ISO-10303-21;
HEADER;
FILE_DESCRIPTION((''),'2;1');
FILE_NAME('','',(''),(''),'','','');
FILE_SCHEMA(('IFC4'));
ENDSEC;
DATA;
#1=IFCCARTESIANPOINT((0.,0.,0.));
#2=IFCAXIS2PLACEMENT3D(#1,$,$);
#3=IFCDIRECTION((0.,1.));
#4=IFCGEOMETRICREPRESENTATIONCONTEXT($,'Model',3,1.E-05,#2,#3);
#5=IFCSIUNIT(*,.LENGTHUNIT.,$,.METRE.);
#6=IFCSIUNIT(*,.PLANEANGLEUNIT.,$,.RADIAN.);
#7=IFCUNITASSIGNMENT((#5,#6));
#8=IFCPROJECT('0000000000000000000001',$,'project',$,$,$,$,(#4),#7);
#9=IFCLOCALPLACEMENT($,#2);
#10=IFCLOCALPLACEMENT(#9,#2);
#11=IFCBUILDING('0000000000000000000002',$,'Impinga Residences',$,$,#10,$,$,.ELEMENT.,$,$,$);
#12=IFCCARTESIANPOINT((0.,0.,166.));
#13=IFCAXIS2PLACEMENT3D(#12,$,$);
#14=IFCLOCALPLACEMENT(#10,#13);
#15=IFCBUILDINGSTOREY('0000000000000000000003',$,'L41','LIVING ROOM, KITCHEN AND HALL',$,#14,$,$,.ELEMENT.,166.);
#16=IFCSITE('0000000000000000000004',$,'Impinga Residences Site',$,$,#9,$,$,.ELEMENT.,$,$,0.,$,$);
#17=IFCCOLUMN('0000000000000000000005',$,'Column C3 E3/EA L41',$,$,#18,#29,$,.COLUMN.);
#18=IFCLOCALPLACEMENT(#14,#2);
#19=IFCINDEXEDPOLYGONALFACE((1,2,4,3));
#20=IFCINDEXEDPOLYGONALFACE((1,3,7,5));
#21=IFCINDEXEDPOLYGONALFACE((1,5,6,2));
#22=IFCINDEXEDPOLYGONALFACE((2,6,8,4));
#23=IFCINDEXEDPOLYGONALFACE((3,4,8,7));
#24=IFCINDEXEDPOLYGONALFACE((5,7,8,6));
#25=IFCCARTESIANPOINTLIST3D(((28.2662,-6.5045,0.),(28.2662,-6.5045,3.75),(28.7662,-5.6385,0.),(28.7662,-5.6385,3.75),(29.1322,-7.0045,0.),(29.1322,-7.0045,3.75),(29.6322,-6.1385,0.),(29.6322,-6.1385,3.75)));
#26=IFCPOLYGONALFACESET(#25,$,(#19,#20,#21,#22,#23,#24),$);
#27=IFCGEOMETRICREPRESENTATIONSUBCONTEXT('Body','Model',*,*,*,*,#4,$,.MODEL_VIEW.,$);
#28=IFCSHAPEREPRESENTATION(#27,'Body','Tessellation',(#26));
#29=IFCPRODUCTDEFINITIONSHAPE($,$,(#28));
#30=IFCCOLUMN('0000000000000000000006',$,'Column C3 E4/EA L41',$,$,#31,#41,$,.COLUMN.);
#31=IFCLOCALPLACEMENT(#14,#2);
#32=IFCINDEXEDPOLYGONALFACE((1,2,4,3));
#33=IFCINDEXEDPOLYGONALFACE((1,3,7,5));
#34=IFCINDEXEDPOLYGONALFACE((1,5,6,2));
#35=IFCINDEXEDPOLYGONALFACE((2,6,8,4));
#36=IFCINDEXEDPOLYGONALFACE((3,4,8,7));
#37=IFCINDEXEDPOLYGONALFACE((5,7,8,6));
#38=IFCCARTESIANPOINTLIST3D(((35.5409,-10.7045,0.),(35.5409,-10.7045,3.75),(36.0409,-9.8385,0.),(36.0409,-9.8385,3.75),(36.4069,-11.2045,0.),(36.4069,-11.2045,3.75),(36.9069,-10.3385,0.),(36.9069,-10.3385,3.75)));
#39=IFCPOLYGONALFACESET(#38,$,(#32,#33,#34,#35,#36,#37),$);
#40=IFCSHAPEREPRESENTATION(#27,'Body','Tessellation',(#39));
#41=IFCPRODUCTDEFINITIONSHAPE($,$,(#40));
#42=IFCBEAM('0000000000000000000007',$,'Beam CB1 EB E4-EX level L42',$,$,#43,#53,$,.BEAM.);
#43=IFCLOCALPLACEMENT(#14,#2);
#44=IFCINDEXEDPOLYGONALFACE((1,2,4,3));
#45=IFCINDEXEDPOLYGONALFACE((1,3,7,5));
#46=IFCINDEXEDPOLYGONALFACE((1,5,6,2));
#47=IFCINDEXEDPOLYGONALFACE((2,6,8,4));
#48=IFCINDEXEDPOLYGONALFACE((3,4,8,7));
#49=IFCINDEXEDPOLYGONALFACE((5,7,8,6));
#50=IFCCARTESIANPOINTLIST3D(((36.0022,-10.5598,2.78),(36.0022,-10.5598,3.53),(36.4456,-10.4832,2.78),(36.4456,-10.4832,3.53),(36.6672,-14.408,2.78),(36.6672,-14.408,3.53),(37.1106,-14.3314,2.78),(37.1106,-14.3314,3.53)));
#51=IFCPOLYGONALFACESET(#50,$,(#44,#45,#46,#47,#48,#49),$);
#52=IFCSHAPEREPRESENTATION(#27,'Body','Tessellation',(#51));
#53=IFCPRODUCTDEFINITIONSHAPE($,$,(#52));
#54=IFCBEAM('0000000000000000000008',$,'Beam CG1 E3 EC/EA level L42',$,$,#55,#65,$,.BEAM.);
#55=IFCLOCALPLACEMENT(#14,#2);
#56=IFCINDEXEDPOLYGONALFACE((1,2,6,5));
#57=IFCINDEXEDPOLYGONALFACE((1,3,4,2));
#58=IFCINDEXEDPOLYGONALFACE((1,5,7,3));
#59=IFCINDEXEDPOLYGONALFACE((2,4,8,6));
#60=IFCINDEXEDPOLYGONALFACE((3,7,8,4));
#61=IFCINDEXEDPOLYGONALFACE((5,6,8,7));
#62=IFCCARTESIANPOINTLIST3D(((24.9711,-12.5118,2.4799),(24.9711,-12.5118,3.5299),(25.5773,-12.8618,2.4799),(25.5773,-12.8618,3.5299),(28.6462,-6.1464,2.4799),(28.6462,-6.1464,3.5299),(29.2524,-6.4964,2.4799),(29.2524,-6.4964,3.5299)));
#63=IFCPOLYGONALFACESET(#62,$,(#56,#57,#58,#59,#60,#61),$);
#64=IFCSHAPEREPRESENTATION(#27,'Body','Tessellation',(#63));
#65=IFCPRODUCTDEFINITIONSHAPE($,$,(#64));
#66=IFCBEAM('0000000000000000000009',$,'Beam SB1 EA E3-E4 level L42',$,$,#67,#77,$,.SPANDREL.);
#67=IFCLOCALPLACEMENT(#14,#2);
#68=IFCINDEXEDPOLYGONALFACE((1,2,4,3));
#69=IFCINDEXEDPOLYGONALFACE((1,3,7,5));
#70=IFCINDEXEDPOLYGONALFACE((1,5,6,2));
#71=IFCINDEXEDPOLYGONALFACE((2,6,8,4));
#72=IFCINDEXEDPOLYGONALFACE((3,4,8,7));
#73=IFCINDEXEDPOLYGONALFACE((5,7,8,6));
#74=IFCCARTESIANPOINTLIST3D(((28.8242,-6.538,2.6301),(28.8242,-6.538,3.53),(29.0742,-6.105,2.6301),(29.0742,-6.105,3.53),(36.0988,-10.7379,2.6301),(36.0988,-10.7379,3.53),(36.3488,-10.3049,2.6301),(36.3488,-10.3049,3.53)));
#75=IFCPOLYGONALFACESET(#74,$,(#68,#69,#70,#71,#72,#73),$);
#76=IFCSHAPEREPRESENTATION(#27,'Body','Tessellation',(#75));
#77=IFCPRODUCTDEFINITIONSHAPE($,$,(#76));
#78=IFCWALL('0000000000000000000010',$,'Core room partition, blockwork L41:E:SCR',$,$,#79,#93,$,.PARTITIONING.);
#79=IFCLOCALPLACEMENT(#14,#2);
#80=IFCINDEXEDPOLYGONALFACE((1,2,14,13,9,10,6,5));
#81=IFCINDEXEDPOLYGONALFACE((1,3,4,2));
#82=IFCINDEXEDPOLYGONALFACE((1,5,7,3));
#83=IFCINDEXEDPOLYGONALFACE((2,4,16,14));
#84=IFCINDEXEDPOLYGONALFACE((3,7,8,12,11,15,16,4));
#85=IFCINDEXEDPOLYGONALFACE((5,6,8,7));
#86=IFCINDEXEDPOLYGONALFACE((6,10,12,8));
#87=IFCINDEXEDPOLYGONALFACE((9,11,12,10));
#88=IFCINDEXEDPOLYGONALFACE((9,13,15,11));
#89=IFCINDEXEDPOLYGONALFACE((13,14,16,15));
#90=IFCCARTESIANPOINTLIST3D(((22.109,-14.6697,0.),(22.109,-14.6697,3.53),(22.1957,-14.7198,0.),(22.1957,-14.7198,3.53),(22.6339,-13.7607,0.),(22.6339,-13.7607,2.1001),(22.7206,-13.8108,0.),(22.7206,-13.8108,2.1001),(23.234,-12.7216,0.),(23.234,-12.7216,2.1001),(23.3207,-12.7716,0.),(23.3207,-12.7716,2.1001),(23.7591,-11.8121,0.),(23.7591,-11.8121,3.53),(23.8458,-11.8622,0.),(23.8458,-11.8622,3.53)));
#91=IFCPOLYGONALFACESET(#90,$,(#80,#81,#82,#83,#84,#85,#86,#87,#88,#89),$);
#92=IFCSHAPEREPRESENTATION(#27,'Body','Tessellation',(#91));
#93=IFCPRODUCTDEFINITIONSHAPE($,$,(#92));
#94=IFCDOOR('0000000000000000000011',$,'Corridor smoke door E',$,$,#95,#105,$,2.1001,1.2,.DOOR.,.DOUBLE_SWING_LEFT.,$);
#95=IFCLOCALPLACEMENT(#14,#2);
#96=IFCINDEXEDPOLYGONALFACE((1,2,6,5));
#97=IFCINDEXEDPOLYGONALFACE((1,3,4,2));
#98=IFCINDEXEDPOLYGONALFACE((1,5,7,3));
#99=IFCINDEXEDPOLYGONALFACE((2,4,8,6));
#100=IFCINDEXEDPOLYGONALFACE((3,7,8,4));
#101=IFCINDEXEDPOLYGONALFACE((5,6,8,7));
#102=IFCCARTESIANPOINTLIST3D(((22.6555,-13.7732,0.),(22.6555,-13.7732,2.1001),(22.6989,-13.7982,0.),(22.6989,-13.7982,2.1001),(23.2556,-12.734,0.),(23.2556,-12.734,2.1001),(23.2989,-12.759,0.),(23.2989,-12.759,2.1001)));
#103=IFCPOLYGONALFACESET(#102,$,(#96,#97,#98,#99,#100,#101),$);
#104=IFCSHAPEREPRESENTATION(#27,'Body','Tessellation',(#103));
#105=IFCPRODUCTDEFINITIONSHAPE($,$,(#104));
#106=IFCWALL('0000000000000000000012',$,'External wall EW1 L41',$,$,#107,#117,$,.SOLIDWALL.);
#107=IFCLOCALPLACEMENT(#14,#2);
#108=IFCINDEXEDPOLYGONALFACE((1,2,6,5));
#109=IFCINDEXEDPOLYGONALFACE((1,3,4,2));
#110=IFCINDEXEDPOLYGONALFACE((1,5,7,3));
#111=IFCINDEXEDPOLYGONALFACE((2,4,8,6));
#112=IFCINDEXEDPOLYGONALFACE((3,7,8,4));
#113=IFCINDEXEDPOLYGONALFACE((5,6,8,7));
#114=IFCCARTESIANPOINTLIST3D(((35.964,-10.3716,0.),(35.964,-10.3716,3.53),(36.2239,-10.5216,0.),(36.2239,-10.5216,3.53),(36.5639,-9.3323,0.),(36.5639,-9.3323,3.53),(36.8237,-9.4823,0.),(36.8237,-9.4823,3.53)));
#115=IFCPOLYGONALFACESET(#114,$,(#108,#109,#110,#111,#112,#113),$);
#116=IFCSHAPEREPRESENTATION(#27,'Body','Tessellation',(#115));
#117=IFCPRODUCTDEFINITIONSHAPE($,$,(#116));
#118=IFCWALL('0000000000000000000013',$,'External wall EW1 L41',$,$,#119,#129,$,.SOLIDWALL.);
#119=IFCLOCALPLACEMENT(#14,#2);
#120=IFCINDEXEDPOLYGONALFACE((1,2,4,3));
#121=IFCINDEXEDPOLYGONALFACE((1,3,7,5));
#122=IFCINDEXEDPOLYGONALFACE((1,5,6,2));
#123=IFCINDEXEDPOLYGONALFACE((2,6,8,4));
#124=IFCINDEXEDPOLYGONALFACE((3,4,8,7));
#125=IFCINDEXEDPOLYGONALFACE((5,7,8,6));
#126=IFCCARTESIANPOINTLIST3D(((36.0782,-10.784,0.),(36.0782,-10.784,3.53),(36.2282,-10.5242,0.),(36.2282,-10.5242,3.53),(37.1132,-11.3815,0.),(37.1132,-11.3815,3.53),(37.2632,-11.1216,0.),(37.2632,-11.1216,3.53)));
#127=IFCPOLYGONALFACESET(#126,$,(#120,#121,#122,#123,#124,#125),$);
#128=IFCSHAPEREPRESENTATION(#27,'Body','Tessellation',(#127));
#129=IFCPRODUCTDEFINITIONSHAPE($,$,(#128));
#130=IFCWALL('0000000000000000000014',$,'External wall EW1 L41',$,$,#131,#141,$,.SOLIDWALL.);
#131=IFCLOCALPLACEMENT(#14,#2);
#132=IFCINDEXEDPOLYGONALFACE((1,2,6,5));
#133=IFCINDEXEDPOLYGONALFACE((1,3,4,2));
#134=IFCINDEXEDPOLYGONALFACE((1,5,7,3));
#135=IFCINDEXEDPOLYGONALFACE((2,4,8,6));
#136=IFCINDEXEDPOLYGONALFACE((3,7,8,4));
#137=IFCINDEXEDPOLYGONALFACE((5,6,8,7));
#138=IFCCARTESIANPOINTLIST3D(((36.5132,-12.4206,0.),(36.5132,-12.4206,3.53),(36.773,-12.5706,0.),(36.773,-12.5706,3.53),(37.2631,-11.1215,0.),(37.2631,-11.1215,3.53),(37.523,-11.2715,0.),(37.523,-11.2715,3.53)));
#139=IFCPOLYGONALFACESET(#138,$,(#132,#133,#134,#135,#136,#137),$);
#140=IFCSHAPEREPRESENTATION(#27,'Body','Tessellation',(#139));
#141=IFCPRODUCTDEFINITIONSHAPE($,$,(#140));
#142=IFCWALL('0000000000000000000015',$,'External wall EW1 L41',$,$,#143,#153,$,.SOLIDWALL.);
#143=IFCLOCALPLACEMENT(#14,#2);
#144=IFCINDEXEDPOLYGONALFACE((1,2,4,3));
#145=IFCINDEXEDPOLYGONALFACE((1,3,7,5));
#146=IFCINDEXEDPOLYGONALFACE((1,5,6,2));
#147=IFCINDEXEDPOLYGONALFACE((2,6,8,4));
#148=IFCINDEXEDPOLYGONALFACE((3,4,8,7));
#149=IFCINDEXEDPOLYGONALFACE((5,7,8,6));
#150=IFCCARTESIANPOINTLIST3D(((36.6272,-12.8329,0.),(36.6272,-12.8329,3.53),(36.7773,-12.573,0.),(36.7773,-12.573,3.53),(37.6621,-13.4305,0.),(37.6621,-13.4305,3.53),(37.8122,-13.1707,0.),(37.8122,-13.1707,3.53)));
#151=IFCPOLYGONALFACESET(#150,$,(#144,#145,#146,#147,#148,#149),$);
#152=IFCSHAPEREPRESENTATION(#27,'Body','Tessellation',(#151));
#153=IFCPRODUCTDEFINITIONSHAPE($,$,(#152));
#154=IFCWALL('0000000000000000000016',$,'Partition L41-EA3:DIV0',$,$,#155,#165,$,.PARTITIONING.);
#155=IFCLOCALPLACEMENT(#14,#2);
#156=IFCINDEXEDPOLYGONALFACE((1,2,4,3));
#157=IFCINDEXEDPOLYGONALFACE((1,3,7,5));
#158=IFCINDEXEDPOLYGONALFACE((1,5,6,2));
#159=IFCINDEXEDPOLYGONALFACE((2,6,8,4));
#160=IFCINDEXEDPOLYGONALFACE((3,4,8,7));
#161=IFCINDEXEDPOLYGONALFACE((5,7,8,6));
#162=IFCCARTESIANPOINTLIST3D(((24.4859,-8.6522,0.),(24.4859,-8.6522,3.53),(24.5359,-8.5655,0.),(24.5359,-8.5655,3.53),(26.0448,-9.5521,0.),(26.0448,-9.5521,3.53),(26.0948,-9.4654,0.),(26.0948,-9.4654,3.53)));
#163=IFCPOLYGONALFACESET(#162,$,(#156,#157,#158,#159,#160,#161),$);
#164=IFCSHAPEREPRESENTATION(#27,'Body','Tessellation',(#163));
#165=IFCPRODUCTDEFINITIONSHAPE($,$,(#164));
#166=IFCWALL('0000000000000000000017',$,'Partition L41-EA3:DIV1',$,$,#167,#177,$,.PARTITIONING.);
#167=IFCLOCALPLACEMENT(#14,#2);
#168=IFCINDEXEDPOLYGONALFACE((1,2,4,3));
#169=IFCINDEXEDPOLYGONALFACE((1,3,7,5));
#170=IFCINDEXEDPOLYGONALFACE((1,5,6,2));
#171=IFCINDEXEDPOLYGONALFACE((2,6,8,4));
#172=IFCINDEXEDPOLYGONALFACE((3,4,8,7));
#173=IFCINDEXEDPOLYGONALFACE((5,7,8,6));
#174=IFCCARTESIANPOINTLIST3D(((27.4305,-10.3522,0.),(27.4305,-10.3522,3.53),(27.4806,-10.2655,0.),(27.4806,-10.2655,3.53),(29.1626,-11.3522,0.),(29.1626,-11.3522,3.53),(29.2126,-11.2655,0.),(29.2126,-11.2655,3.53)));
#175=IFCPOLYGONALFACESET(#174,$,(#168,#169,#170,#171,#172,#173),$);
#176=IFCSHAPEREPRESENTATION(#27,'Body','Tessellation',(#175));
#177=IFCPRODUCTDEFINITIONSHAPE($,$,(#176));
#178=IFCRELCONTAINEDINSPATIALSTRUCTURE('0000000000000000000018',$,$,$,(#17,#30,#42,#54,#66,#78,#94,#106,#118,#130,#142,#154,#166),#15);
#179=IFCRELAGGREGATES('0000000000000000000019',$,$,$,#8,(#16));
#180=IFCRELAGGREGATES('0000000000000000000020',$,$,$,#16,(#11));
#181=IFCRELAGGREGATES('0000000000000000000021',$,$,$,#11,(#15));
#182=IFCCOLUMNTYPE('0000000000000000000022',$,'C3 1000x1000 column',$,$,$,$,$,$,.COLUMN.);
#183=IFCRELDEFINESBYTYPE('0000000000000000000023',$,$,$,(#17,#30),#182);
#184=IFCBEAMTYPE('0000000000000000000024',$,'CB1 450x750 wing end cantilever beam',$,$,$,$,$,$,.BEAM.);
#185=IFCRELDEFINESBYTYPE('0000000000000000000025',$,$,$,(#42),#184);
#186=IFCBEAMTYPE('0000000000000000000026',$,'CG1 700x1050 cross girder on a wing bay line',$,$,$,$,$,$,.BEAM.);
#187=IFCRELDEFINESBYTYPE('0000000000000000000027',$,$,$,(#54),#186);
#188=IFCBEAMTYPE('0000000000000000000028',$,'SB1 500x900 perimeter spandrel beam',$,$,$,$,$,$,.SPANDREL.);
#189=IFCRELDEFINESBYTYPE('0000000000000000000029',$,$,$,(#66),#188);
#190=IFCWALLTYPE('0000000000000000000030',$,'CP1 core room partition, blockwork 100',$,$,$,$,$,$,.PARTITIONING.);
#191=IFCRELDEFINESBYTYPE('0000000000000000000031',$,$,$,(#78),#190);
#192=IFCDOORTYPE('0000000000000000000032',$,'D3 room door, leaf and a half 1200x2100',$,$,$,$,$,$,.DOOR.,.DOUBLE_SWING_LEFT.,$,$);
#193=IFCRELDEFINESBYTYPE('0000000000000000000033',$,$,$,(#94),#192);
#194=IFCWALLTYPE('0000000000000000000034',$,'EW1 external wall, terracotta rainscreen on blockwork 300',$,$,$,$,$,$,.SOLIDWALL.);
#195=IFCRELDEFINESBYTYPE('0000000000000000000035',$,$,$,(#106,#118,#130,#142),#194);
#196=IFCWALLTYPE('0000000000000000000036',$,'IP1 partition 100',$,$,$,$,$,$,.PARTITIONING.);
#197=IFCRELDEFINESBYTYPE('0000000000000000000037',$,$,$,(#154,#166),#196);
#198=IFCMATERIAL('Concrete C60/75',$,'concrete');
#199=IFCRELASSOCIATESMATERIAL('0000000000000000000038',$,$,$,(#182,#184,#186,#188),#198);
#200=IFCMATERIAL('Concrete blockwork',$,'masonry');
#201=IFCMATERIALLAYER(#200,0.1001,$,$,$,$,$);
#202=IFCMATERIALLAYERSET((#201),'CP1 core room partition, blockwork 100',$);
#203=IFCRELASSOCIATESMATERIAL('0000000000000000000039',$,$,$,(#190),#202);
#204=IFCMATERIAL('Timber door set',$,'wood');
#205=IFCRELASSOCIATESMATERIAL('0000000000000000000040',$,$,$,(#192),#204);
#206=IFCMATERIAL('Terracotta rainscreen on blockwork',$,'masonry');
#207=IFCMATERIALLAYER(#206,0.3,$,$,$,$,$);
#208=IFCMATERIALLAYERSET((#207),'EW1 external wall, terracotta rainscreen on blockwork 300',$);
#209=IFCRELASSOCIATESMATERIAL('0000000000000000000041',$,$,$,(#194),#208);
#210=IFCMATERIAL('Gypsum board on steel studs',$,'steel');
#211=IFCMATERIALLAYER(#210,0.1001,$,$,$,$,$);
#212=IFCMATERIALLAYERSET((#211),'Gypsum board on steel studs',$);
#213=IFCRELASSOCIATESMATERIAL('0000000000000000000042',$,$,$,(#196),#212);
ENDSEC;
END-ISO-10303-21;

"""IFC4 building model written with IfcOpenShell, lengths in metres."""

from ifc_helpers import new_model, si_unit, direction, frame, frame_2d, origin, origin_2d, place, context, subcontext, project, spatial, rectangle, extrude, material, layer, layer_set, material_profile, profile_set, type_object, element, fill, save


model = new_model("IFC4")

# Units and contexts
model_context = context("Model", 3, precision=1e-05, world=origin(), true_north=direction((0.0, 1.0)))
body_context = subcontext(model_context, "Body", "Model", "MODEL_VIEW")
ifc_project = project(units=[si_unit("LENGTHUNIT", "METRE"), si_unit("PLANEANGLEUNIT", "RADIAN")], contexts=[model_context])

# Site, building, storey
site_placement = place(None, origin())
site = spatial("IfcSite", under=ifc_project, at=site_placement, Name="Impinga Residences Site", CompositionType="ELEMENT", RefElevation=0.0)
building_placement = place(site_placement, origin())
building = spatial("IfcBuilding", under=site, at=building_placement, Name="Impinga Residences", CompositionType="ELEMENT")
storey_placement = place(building_placement, frame((0.0, 0.0, 166.0)))
storey = spatial("IfcBuildingStorey", under=building, at=storey_placement, Name="L41", Description="LIVING ROOM, KITCHEN AND HALL", CompositionType="ELEMENT", Elevation=166.0)

# Columns
ifc_material_1 = material(Name="Concrete C60/75", Category="concrete")
ifc_material_profile_1 = material_profile(ifc_material_1, rectangle(XDim=1.0, YDim=1.0, at=origin_2d()), Name="RC 1000x1000")
ifc_profile_set_1 = profile_set([ifc_material_profile_1], Name="Concrete C60/75")
column_type = type_object("IfcColumnType", Name="C3 1000x1000 column", PredefinedType="COLUMN", material=ifc_profile_set_1)
for number, where, z_axis, x_axis, name in (
    (1, (28.9492, -6.3215, 0.0), (0.0, 0.0, 1.0), (-0.5, -0.866025, 0.0), "Column C3 E3/EA L41"),
    (2, (36.2239, -10.5215, 0.0), (0.0, 0.0, 1.0), (-0.5, -0.866025, 0.0), "Column C3 E4/EA L41"),
):
    element("IfcColumn", number, at=place(storey_placement, frame(where, z_axis=z_axis, x_axis=x_axis)), inside=storey, type_object=column_type, Name=name, PredefinedType="COLUMN", context=body_context, shape_type="SweptSolid", body=[
        extrude(rectangle(XDim=1.0, YDim=1.0, at=origin_2d()), origin(), (0.0, 0.0, 1.0), 3.75),
    ])

# Beams
ifc_material_profile_2 = material_profile(ifc_material_1, rectangle(XDim=0.45, YDim=0.75, at=origin_2d()), Name="RC 450x750")
ifc_profile_set_2 = profile_set([ifc_material_profile_2], Name="Concrete C60/75")
beam_type_1 = type_object("IfcBeamType", Name="CB1 450x750 wing end cantilever beam", PredefinedType="BEAM", material=ifc_profile_set_2)
beam_1_placement = place(storey_placement, frame((36.2239, -10.5215, 3.155), z_axis=(0.170296, -0.985393, 0.0), x_axis=(0.985393, 0.170296, 0.0)))
element("IfcBeam", 3, at=beam_1_placement, inside=storey, type_object=beam_type_1, Name="Beam CB1 EB E4-EX level L42", PredefinedType="BEAM", context=body_context, shape_type="SweptSolid", body=[
    extrude(rectangle(XDim=0.45, YDim=0.75, at=origin_2d()), origin(), (0.0, 0.0, 1.0), 3.9053),
])
ifc_material_profile_3 = material_profile(ifc_material_1, rectangle(XDim=0.7, YDim=1.05, at=origin_2d()), Name="RC 700x1050")
ifc_profile_set_3 = profile_set([ifc_material_profile_3], Name="Concrete C60/75")
beam_type_2 = type_object("IfcBeamType", Name="CG1 700x1050 cross girder on a wing bay line", PredefinedType="BEAM", material=ifc_profile_set_3)
beam_2_placement = place(storey_placement, frame((25.2742, -12.6868, 3.0049), z_axis=(0.500008, 0.866021, 0.0), x_axis=(-0.866021, 0.500008, 0.0)))
element("IfcBeam", 4, at=beam_2_placement, inside=storey, type_object=beam_type_2, Name="Beam CG1 E3 EC/EA level L42", PredefinedType="BEAM", context=body_context, shape_type="SweptSolid", body=[
    extrude(rectangle(XDim=0.7, YDim=1.05, at=origin_2d()), origin(), (0.0, 0.0, 1.0), 7.3501),
])
ifc_material_profile_4 = material_profile(ifc_material_1, rectangle(XDim=0.5, YDim=0.8999, at=origin_2d()), Name="RC 500x900")
ifc_profile_set_4 = profile_set([ifc_material_profile_4], Name="Concrete C60/75")
beam_type_3 = type_object("IfcBeamType", Name="SB1 500x900 perimeter spandrel beam", PredefinedType="SPANDREL", material=ifc_profile_set_4)
beam_3_placement = place(storey_placement, frame((28.9492, -6.3215, 3.0801), z_axis=(0.866029, -0.499993, 0.0), x_axis=(0.499993, 0.866029, 0.0)))
element("IfcBeam", 5, at=beam_3_placement, inside=storey, type_object=beam_type_3, Name="Beam SB1 EA E3-E4 level L42", PredefinedType="SPANDREL", context=body_context, shape_type="SweptSolid", body=[
    extrude(rectangle(XDim=0.5, YDim=0.8999, at=origin_2d()), origin(), (0.0, 0.0, 1.0), 8.3999),
])

# Wall, opening, door
ifc_material_2 = material(Name="Concrete blockwork", Category="masonry")
ifc_layer_1 = layer(ifc_material_2, 0.1001)
ifc_layer_set_1 = layer_set([ifc_layer_1], Name="CP1 core room partition, blockwork 100")
wall_type_1 = type_object("IfcWallType", Name="CP1 core room partition, blockwork 100", PredefinedType="PARTITIONING", material=ifc_layer_set_1)
wall_1_placement = place(storey_placement, frame((23.8025, -11.8372, 0.0), z_axis=(0.0, 0.0, 1.0), x_axis=(-0.500062, -0.86599, 0.0)))
wall_1 = element("IfcWall", 6, at=wall_1_placement, inside=storey, type_object=wall_type_1, Name="Core room partition, blockwork L41:E:SCR", PredefinedType="PARTITIONING", context=body_context, shape_type="SweptSolid", body=[
    extrude(rectangle(XDim=3.2998, YDim=0.1001, at=frame_2d((1.6499, 0.0))), origin(), (0.0, 0.0, 1.0), 3.53),
])
opening_1_placement = place(wall_1_placement, frame((1.05, 0.0, 0.0)))
opening_1 = element("IfcOpeningElement", 7, at=opening_1_placement, cuts=wall_1, PredefinedType="OPENING", context=body_context, shape_type="SweptSolid", body=[
    extrude(rectangle(XDim=1.2, YDim=2.1001, at=frame_2d((0.6001, 1.05))), frame((0.0, 0.0601, 0.0), z_axis=(0.0, -1.0, 0.0), x_axis=(1.0, 0.0, 0.0)), (0.0, 0.0, 1.0), 0.1201),
])
ifc_material_3 = material(Name="Timber door set", Category="wood")
door_type_1 = type_object("IfcDoorType", Name="D3 room door, leaf and a half 1200x2100", OperationType="DOUBLE_SWING_LEFT", PredefinedType="DOOR", material=ifc_material_3)
door_1_placement = place(opening_1_placement, origin())
door_1 = element("IfcDoor", 8, at=door_1_placement, inside=storey, type_object=door_type_1, Name="Corridor smoke door E", OperationType="DOUBLE_SWING_LEFT", OverallHeight=2.1001, OverallWidth=1.2, PredefinedType="DOOR", context=body_context, shape_type="SweptSolid", body=[
    extrude(rectangle(XDim=1.2, YDim=2.1001, at=frame_2d((0.6001, 1.05))), frame((0.0, 0.0249, 0.0), z_axis=(0.0, -1.0, 0.0), x_axis=(1.0, 0.0, 0.0)), (0.0, 0.0, 1.0), 0.05),
])
fill(opening_1, door_1)

# Walls
ifc_material_4 = material(Name="Terracotta rainscreen on blockwork", Category="masonry")
ifc_layer_2 = layer(ifc_material_4, 0.3)
ifc_layer_set_2 = layer_set([ifc_layer_2], Name="EW1 external wall, terracotta rainscreen on blockwork 300")
wall_type_2 = type_object("IfcWallType", Name="EW1 external wall, terracotta rainscreen on blockwork 300", PredefinedType="SOLIDWALL", material=ifc_layer_set_2)
wall_2_placement = place(storey_placement, frame((36.6938, -9.4072, 0.0), z_axis=(0.0, 0.0, 1.0), x_axis=(-0.499881, -0.866094, 0.0)))
element("IfcWall", 9, at=wall_2_placement, inside=storey, type_object=wall_type_2, Name="External wall EW1 L41", PredefinedType="SOLIDWALL", context=body_context, shape_type="SweptSolid", body=[
    extrude(rectangle(XDim=1.2, YDim=0.3, at=frame_2d((0.6001, 0.0))), origin(), (0.0, 0.0, 1.0), 3.53),
])
wall_3_placement = place(storey_placement, frame((36.1531, -10.6541, 0.0), z_axis=(0.0, 0.0, 1.0), x_axis=(0.86606, -0.499941, 0.0)))
element("IfcWall", 10, at=wall_3_placement, inside=storey, type_object=wall_type_2, Name="External wall EW1 L41", PredefinedType="SOLIDWALL", context=body_context, shape_type="SweptSolid", body=[
    extrude(rectangle(XDim=1.1951, YDim=0.3, at=frame_2d((0.5977, 0.0))), origin(), (0.0, 0.0, 1.0), 3.53),
])
wall_4_placement = place(storey_placement, frame((37.3931, -11.1965, 0.0), z_axis=(0.0, 0.0, 1.0), x_axis=(-0.49999, -0.866031, 0.0)))
element("IfcWall", 11, at=wall_4_placement, inside=storey, type_object=wall_type_2, Name="External wall EW1 L41", PredefinedType="SOLIDWALL", context=body_context, shape_type="SweptSolid", body=[
    extrude(rectangle(XDim=1.5, YDim=0.3, at=frame_2d((0.75, 0.0))), origin(), (0.0, 0.0, 1.0), 3.53),
])
wall_5_placement = place(storey_placement, frame((36.7021, -12.7029, 0.0), z_axis=(0.0, 0.0, 1.0), x_axis=(0.865971, -0.500094, 0.0)))
element("IfcWall", 12, at=wall_5_placement, inside=storey, type_object=wall_type_2, Name="External wall EW1 L41", PredefinedType="SOLIDWALL", context=body_context, shape_type="SweptSolid", body=[
    extrude(rectangle(XDim=1.1951, YDim=0.3, at=frame_2d((0.5977, 0.0))), origin(), (0.0, 0.0, 1.0), 3.53),
])
ifc_material_5 = material(Name="Gypsum board on steel studs", Category="steel")
ifc_layer_3 = layer(ifc_material_5, 0.1001)
ifc_layer_set_3 = layer_set([ifc_layer_3], Name="Gypsum board on steel studs")
wall_type_3 = type_object("IfcWallType", Name="IP1 partition 100", PredefinedType="PARTITIONING", material=ifc_layer_set_3)
wall_6_placement = place(storey_placement, frame((24.511, -8.6089, 0.0), z_axis=(0.0, 0.0, 1.0), x_axis=(0.866048, -0.499961, 0.0)))
element("IfcWall", 13, at=wall_6_placement, inside=storey, type_object=wall_type_3, Name="Partition L41-EA3:DIV0", PredefinedType="PARTITIONING", context=body_context, shape_type="SweptSolid", body=[
    extrude(rectangle(XDim=1.8, YDim=0.1001, at=frame_2d((0.8999, 0.0))), origin(), (0.0, 0.0, 1.0), 3.53),
])
wall_7_placement = place(storey_placement, frame((27.4556, -10.3088, 0.0), z_axis=(0.0, 0.0, 1.0), x_axis=(0.866011, -0.500025, 0.0)))
element("IfcWall", 14, at=wall_7_placement, inside=storey, type_object=wall_type_3, Name="Partition L41-EA3:DIV1", PredefinedType="PARTITIONING", context=body_context, shape_type="SweptSolid", body=[
    extrude(rectangle(XDim=2.0, YDim=0.1001, at=frame_2d((1.0, 0.0))), origin(), (0.0, 0.0, 1.0), 3.53),
])

save(model, "model.ifc")
